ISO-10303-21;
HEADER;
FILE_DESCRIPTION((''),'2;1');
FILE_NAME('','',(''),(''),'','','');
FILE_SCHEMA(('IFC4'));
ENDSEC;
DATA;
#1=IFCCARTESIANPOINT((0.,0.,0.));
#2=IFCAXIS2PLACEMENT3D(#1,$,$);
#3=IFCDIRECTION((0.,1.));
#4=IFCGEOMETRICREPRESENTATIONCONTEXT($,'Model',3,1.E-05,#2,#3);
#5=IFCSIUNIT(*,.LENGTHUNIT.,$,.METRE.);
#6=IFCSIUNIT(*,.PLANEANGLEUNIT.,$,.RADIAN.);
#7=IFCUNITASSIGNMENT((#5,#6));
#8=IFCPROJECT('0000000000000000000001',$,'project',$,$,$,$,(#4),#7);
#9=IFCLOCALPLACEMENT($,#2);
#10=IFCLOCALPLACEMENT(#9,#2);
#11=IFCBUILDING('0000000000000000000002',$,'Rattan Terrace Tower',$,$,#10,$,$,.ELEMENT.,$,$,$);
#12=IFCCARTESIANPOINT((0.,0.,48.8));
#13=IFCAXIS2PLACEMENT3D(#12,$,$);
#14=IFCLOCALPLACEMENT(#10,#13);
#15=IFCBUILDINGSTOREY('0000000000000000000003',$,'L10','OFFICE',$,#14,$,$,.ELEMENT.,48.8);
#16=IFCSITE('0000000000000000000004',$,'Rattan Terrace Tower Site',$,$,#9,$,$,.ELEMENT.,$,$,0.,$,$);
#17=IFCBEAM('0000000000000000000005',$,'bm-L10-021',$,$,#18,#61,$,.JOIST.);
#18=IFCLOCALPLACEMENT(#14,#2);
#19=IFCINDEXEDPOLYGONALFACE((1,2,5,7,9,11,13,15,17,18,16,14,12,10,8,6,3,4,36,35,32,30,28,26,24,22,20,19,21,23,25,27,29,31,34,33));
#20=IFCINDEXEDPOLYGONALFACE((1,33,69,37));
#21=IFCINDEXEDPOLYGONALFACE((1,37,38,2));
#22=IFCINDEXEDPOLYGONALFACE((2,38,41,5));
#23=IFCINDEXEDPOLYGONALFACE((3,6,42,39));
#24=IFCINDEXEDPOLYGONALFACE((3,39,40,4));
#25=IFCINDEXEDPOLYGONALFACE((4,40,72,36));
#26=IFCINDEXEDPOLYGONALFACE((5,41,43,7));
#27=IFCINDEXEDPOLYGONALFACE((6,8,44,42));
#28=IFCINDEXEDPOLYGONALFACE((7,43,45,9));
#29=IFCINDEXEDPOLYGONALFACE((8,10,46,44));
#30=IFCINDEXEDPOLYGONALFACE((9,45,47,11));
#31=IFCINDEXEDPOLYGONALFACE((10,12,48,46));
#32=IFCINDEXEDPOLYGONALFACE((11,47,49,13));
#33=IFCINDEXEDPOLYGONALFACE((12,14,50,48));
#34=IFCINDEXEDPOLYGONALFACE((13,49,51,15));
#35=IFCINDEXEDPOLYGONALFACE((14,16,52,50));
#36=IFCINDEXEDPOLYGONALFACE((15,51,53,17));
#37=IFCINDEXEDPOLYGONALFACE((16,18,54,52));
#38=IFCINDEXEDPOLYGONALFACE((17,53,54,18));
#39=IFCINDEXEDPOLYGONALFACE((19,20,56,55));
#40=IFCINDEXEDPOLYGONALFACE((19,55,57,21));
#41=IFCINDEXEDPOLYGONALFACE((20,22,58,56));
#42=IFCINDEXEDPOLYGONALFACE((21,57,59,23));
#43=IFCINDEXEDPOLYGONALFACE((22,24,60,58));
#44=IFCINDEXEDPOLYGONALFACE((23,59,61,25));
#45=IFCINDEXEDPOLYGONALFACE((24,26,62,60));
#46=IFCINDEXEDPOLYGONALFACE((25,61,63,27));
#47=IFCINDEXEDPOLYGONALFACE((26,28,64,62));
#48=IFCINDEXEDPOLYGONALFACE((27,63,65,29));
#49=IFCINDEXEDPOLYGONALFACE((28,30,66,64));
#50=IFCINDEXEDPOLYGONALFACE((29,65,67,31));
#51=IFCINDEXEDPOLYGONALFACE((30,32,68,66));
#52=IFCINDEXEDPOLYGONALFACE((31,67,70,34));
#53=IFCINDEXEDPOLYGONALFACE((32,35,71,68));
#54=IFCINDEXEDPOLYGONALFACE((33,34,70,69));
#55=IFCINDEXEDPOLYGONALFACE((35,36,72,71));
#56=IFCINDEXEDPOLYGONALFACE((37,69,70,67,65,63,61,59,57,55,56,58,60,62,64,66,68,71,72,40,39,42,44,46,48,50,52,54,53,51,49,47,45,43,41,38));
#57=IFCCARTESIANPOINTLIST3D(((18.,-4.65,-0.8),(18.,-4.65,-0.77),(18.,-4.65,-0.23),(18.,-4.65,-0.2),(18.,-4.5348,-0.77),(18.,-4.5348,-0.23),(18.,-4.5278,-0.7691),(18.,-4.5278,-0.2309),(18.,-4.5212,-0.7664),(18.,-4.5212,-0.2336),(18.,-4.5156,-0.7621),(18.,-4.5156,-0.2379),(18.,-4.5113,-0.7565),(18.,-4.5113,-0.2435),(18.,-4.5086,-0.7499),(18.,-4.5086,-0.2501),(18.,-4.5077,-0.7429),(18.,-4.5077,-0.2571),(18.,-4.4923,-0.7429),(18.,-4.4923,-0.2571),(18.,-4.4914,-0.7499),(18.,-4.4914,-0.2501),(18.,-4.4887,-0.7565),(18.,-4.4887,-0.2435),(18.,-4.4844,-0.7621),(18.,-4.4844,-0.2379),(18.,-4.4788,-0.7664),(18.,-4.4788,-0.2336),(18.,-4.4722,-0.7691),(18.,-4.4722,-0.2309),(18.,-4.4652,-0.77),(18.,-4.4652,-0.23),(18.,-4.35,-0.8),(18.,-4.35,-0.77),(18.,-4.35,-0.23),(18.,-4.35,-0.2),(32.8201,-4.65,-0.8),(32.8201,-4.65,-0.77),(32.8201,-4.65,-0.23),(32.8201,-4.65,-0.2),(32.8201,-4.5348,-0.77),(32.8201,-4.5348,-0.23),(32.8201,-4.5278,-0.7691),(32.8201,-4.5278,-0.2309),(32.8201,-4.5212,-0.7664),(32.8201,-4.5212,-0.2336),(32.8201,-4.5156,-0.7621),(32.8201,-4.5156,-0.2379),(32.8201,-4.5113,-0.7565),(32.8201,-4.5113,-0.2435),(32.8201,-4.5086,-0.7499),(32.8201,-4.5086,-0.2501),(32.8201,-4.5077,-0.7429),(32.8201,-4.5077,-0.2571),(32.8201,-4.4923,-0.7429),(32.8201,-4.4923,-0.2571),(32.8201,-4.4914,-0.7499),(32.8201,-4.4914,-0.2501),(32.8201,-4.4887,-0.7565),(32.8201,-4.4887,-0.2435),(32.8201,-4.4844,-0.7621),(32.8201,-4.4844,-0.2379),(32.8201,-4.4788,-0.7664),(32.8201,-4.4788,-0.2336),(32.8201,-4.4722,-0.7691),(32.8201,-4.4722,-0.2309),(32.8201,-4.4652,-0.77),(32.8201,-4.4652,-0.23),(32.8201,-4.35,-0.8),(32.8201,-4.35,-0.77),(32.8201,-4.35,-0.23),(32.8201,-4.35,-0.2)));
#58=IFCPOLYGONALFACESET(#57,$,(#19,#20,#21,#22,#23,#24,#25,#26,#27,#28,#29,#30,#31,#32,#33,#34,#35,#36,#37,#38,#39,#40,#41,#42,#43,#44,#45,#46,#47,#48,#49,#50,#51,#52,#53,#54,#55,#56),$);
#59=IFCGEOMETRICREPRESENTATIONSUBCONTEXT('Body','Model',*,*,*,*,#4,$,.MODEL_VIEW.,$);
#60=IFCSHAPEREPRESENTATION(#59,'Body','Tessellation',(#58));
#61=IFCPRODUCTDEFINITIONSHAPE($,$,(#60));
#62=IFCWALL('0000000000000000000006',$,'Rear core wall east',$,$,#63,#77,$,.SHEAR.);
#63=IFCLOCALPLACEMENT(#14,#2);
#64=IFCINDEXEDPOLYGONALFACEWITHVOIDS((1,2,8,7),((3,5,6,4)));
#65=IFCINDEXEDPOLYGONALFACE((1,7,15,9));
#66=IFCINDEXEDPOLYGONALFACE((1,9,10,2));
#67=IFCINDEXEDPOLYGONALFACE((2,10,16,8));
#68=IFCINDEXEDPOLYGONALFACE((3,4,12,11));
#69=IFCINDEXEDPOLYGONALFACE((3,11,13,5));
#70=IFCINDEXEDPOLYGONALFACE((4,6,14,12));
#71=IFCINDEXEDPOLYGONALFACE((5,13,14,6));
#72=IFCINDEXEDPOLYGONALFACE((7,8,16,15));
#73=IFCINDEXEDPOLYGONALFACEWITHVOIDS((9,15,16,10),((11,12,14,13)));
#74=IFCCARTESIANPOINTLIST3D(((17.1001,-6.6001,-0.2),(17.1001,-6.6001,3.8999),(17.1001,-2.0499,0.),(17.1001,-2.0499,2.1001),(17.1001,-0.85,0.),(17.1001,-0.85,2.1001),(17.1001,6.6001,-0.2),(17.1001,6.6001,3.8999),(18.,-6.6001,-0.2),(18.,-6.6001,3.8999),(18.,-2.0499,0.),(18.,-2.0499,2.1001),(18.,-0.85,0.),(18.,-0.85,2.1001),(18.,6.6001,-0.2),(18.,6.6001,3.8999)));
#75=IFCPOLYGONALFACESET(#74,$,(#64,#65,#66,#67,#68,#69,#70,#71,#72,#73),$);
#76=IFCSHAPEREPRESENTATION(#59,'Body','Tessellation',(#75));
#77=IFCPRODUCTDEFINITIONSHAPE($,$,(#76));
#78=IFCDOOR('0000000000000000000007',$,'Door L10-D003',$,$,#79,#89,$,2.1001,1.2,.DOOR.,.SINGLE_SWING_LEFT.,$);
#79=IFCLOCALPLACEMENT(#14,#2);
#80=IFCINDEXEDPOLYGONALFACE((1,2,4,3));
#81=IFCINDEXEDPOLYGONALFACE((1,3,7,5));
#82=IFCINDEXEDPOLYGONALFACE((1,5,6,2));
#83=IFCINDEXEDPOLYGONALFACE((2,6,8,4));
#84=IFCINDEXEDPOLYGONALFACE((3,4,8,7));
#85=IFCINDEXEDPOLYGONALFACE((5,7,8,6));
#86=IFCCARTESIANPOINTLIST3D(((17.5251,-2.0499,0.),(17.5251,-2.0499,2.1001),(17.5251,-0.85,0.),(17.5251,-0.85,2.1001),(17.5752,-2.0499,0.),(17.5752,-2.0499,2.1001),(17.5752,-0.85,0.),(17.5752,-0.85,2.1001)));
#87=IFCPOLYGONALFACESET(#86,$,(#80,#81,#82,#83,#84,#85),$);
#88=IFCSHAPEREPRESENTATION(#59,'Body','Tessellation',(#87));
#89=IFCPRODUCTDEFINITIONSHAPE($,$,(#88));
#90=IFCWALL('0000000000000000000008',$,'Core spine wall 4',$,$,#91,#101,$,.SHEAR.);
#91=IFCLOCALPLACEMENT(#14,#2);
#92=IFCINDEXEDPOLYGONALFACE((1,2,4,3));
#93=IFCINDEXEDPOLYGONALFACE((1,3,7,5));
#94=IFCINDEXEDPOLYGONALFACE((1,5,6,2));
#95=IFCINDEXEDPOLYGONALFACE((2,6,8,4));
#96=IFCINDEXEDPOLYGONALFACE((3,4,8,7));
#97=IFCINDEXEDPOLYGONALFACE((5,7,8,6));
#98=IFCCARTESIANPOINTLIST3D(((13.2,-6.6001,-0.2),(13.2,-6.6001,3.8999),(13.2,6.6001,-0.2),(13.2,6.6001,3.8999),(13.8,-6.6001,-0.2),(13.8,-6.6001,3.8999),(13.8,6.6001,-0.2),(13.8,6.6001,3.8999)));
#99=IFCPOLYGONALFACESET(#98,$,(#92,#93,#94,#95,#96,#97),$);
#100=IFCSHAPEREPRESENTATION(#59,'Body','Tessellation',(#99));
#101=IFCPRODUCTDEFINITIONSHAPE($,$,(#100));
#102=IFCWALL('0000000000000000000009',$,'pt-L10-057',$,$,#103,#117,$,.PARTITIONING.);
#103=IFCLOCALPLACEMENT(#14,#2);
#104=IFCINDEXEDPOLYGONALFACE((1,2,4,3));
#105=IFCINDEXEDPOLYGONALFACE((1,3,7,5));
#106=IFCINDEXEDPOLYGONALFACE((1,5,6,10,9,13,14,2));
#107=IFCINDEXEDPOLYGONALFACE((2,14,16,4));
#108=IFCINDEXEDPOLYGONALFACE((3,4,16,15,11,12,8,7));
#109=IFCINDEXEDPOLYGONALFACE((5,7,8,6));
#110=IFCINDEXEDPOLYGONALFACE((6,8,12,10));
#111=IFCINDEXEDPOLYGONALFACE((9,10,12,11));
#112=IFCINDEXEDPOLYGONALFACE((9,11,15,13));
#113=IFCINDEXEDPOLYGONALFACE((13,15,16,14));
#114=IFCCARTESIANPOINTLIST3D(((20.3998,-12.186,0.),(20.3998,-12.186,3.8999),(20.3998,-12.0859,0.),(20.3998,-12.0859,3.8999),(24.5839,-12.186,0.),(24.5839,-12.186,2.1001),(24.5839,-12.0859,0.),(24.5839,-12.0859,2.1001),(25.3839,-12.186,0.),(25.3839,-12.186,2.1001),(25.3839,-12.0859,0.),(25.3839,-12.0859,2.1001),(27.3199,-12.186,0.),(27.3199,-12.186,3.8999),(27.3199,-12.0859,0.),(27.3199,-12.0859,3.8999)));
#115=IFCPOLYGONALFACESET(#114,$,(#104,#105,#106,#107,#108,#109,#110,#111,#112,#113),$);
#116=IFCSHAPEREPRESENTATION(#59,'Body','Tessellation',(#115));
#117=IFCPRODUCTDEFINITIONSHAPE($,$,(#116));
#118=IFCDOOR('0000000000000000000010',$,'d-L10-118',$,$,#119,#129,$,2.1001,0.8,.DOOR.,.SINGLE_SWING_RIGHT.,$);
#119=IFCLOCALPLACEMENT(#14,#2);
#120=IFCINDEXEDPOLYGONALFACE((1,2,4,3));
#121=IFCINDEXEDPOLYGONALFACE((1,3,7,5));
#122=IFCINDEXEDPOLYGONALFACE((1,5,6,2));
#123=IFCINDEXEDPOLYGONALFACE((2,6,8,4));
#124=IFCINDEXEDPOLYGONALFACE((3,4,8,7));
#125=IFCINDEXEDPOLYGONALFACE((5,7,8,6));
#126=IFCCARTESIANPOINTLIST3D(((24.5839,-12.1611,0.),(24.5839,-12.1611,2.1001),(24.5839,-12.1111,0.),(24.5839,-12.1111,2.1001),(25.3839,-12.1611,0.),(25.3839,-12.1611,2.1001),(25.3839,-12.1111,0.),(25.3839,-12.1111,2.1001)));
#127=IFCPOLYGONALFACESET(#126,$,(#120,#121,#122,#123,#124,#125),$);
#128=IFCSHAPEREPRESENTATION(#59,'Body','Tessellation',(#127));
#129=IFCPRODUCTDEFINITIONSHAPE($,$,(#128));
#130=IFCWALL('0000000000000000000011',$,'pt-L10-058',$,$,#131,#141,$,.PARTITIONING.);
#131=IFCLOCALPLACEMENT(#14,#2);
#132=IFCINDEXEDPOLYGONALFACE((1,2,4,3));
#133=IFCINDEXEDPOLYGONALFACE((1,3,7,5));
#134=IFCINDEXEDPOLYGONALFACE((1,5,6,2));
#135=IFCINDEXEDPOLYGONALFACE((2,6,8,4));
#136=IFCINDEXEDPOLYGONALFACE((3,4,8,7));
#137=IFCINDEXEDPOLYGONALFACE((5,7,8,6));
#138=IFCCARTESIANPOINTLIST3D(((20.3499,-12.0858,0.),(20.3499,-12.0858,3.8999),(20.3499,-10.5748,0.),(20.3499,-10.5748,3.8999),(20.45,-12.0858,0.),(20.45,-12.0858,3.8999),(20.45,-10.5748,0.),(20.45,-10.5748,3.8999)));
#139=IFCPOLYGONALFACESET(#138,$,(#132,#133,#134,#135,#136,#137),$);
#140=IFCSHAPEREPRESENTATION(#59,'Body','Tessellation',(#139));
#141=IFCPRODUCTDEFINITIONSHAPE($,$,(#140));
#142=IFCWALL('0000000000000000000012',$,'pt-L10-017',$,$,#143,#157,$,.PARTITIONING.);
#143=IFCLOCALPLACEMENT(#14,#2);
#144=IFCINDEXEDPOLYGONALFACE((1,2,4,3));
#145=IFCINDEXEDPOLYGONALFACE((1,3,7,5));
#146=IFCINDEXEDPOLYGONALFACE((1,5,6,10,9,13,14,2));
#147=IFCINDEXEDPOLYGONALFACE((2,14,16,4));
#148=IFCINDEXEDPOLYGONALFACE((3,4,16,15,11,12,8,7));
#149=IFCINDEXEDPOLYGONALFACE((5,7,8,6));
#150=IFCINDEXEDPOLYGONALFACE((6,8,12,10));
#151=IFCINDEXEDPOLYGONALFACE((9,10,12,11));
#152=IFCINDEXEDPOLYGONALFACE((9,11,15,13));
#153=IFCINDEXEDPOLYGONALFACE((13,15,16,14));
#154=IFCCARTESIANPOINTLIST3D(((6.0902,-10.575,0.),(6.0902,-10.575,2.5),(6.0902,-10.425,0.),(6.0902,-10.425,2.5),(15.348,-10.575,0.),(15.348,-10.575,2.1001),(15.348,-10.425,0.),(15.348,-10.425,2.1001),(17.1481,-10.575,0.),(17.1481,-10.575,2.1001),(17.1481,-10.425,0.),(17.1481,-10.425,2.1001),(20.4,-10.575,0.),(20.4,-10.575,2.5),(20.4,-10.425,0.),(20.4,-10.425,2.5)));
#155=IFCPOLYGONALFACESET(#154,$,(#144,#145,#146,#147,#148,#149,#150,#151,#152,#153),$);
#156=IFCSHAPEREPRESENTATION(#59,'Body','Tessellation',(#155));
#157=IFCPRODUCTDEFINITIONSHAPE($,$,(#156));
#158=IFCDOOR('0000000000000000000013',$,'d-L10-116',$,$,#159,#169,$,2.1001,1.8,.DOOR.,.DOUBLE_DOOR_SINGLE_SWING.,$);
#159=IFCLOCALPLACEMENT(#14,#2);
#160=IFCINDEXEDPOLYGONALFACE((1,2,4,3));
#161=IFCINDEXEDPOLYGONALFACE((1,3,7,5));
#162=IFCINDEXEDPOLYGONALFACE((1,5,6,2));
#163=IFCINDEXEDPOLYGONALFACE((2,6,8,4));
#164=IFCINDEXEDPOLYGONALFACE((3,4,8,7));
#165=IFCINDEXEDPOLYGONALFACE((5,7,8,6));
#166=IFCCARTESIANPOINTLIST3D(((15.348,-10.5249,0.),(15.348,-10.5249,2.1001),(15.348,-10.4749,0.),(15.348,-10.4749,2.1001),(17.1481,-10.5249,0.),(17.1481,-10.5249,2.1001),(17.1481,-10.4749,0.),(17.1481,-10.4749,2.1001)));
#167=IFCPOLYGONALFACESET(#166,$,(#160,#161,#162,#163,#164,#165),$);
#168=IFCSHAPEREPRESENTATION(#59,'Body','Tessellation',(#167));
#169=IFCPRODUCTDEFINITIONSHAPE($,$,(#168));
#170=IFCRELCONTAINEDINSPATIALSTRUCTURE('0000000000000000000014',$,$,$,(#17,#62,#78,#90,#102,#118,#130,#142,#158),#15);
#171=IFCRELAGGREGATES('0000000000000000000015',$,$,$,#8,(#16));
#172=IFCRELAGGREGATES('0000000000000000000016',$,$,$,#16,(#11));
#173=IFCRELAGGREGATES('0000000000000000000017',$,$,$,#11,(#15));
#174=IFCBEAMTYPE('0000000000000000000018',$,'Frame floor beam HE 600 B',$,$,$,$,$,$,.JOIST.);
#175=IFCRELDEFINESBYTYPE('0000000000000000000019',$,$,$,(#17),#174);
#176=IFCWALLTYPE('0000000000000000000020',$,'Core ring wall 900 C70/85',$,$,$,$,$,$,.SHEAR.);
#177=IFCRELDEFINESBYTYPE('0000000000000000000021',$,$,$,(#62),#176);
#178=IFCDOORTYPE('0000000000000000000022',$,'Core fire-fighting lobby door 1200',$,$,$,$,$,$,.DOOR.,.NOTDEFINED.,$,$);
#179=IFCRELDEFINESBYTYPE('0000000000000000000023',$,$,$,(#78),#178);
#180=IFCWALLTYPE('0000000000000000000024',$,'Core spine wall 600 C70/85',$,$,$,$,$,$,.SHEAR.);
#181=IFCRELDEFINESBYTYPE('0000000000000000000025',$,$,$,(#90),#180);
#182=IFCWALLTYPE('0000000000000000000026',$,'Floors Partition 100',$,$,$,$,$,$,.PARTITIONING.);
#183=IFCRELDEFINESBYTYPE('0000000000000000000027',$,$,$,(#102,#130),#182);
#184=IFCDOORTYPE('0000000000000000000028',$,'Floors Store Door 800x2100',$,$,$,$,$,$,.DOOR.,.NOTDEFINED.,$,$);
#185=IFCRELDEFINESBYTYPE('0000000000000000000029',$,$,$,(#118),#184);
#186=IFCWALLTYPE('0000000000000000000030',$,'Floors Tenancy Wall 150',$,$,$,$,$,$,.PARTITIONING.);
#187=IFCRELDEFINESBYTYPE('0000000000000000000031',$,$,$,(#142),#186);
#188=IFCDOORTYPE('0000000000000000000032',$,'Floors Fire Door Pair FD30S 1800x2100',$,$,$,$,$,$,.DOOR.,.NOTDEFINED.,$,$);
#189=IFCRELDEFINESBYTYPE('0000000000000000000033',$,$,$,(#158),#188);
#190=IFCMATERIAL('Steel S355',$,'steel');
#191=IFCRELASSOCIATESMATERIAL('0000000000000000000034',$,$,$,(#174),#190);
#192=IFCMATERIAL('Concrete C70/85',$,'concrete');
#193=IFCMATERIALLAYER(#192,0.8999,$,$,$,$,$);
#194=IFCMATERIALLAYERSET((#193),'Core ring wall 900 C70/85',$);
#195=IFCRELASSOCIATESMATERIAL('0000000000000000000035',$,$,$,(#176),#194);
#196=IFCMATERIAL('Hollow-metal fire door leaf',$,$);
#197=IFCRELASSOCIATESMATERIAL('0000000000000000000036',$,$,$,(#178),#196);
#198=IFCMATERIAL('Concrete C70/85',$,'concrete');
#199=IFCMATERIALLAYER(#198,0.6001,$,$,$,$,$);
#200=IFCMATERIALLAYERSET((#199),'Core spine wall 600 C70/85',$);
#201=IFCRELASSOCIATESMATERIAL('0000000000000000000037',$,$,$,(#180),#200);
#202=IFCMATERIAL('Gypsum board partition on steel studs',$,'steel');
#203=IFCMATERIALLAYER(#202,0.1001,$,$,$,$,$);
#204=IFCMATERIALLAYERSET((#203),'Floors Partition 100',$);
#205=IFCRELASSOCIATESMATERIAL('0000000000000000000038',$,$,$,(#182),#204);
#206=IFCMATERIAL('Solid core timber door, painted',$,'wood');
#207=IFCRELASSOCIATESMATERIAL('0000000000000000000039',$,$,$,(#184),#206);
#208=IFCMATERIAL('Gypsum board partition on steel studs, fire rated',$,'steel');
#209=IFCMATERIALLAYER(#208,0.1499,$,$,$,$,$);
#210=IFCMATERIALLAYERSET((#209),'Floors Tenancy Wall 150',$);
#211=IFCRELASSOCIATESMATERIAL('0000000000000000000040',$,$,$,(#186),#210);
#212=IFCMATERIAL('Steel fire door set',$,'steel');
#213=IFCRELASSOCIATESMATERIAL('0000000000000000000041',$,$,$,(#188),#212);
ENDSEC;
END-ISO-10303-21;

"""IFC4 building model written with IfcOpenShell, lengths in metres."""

from ifc_helpers import new_model, si_unit, direction, frame, frame_2d, origin, origin_2d, place, context, subcontext, project, spatial, rectangle, i_section, extrude, material, layer, layer_set, material_profile, profile_set, type_object, element, fill, save


model = new_model("IFC4")

# Units and contexts
model_context = context("Model", 3, precision=1e-05, world=origin(), true_north=direction((0.0, 1.0)))
body_context = subcontext(model_context, "Body", "Model", "MODEL_VIEW")
ifc_project = project(units=[si_unit("LENGTHUNIT", "METRE"), si_unit("PLANEANGLEUNIT", "RADIAN")], contexts=[model_context])

# Site, building, storey
site_placement = place(None, origin())
site = spatial("IfcSite", under=ifc_project, at=site_placement, Name="Rattan Terrace Tower Site", CompositionType="ELEMENT", RefElevation=0.0)
building_placement = place(site_placement, origin())
building = spatial("IfcBuilding", under=site, at=building_placement, Name="Rattan Terrace Tower", CompositionType="ELEMENT")
storey_placement = place(building_placement, frame((0.0, 0.0, 48.8)))
storey = spatial("IfcBuildingStorey", under=building, at=storey_placement, Name="L10", Description="OFFICE", CompositionType="ELEMENT", Elevation=48.8)

# Beam
ifc_material_1 = material(Name="Steel S355", Category="steel")
ifc_material_profile = material_profile(ifc_material_1, i_section(OverallWidth=0.3, OverallDepth=0.6001, WebThickness=0.0154, FlangeThickness=0.03, FilletRadius=0.0271, at=origin_2d()), Name="HE 600 B")
ifc_profile_set = profile_set([ifc_material_profile], Name="Steel S355")
beam_type = type_object("IfcBeamType", Name="Frame floor beam HE 600 B", PredefinedType="JOIST", material=ifc_profile_set)
for number, where, z_axis, x_axis, name in (
    (1, (18.0, -4.5, -0.5), (1.0, 0.0, 0.0), (0.0, 1.0, 0.0), "bm-L10-021"),
):
    element("IfcBeam", number, at=place(storey_placement, frame(where, z_axis=z_axis, x_axis=x_axis)), inside=storey, type_object=beam_type, Name=name, PredefinedType="JOIST", context=body_context, shape_type="SweptSolid", body=[
        extrude(i_section(OverallWidth=0.3, OverallDepth=0.6001, WebThickness=0.0154, FlangeThickness=0.03, FilletRadius=0.0271, at=origin_2d()), origin(), (0.0, 0.0, 1.0), 14.8201),
    ])

# Wall, opening, door
ifc_material_2 = material(Name="Concrete C70/85", Category="concrete")
ifc_layer_1 = layer(ifc_material_2, 0.8999)
ifc_layer_set_1 = layer_set([ifc_layer_1], Name="Core ring wall 900 C70/85")
wall_type_1 = type_object("IfcWallType", Name="Core ring wall 900 C70/85", PredefinedType="SHEAR", material=ifc_layer_set_1)
wall_1_placement = place(storey_placement, frame((17.55, -6.6001, -0.2), z_axis=(0.0, 0.0, 1.0), x_axis=(0.0, 1.0, 0.0)))
wall_1 = element("IfcWall", 2, at=wall_1_placement, inside=storey, type_object=wall_type_1, Name="Rear core wall east", PredefinedType="SHEAR", context=body_context, shape_type="SweptSolid", body=[
    extrude(rectangle(XDim=13.2002, YDim=0.8999, at=frame_2d((6.6001, 0.0))), origin(), (0.0, 0.0, 1.0), 4.0999),
])
opening_1_placement = place(wall_1_placement, frame((4.55, 0.0, 0.2)))
opening_1 = element("IfcOpeningElement", 3, at=opening_1_placement, cuts=wall_1, PredefinedType="OPENING", context=body_context, shape_type="SweptSolid", body=[
    extrude(rectangle(XDim=1.2, YDim=2.1001, at=frame_2d((0.6001, 1.05))), frame((0.0, 0.4604, 0.0), z_axis=(0.0, -1.0, 0.0), x_axis=(1.0, 0.0, 0.0)), (0.0, 0.0, 1.0), 0.9209),
])
ifc_material_3 = material(Name="Hollow-metal fire door leaf")
door_type_1 = type_object("IfcDoorType", Name="Core fire-fighting lobby door 1200", OperationType="NOTDEFINED", PredefinedType="DOOR", material=ifc_material_3)
door_1_placement = place(opening_1_placement, origin())
door_1 = element("IfcDoor", 4, at=door_1_placement, inside=storey, type_object=door_type_1, Name="Door L10-D003", OperationType="SINGLE_SWING_LEFT", OverallHeight=2.1001, OverallWidth=1.2, PredefinedType="DOOR", context=body_context, shape_type="SweptSolid", body=[
    extrude(rectangle(XDim=1.2, YDim=2.1001, at=frame_2d((0.6001, 1.05))), frame((0.0, 0.0249, 0.0), z_axis=(0.0, -1.0, 0.0), x_axis=(1.0, 0.0, 0.0)), (0.0, 0.0, 1.0), 0.05),
])
fill(opening_1, door_1)

# Wall
ifc_material_4 = material(Name="Concrete C70/85", Category="concrete")
ifc_layer_2 = layer(ifc_material_4, 0.6001)
ifc_layer_set_2 = layer_set([ifc_layer_2], Name="Core spine wall 600 C70/85")
wall_type_2 = type_object("IfcWallType", Name="Core spine wall 600 C70/85", PredefinedType="SHEAR", material=ifc_layer_set_2)
wall_2_placement = place(storey_placement, frame((13.5, -6.6001, -0.2), z_axis=(0.0, 0.0, 1.0), x_axis=(0.0, 1.0, 0.0)))
element("IfcWall", 5, at=wall_2_placement, inside=storey, type_object=wall_type_2, Name="Core spine wall 4", PredefinedType="SHEAR", context=body_context, shape_type="SweptSolid", body=[
    extrude(rectangle(XDim=13.2002, YDim=0.6001, at=frame_2d((6.6001, 0.0))), origin(), (0.0, 0.0, 1.0), 4.0999),
])

# Wall, opening, door
ifc_material_5 = material(Name="Gypsum board partition on steel studs", Category="steel")
ifc_layer_3 = layer(ifc_material_5, 0.1001)
ifc_layer_set_3 = layer_set([ifc_layer_3], Name="Floors Partition 100")
wall_type_3 = type_object("IfcWallType", Name="Floors Partition 100", PredefinedType="PARTITIONING", material=ifc_layer_set_3)
wall_3_placement = place(storey_placement, frame((20.3999, -12.136, 0.0), z_axis=(0.0, 0.0, 1.0), x_axis=(1.0, 0.0, 0.0)))
wall_3 = element("IfcWall", 6, at=wall_3_placement, inside=storey, type_object=wall_type_3, Name="pt-L10-057", PredefinedType="PARTITIONING", context=body_context, shape_type="SweptSolid", body=[
    extrude(rectangle(XDim=6.9202, YDim=0.1001, at=frame_2d((3.46, 0.0))), origin(), (0.0, 0.0, 1.0), 3.8999),
])
opening_2_placement = place(wall_3_placement, frame((4.1841, 0.0, 0.0)))
opening_2 = element("IfcOpeningElement", 7, at=opening_2_placement, cuts=wall_3, PredefinedType="OPENING", context=body_context, shape_type="SweptSolid", body=[
    extrude(rectangle(XDim=0.8, YDim=2.1001, at=frame_2d((0.3999, 1.05))), frame((0.0, 0.0605, 0.0), z_axis=(0.0, -1.0, 0.0), x_axis=(1.0, 0.0, 0.0)), (0.0, 0.0, 1.0), 0.1211),
])
ifc_material_6 = material(Name="Solid core timber door, painted", Category="wood")
door_type_2 = type_object("IfcDoorType", Name="Floors Store Door 800x2100", OperationType="NOTDEFINED", PredefinedType="DOOR", material=ifc_material_6)
door_2_placement = place(opening_2_placement, origin())
door_2 = element("IfcDoor", 8, at=door_2_placement, inside=storey, type_object=door_type_2, Name="d-L10-118", OperationType="SINGLE_SWING_RIGHT", OverallHeight=2.1001, OverallWidth=0.8, PredefinedType="DOOR", context=body_context, shape_type="SweptSolid", body=[
    extrude(rectangle(XDim=0.8, YDim=2.1001, at=frame_2d((0.3999, 1.05))), frame((0.0, 0.0249, 0.0), z_axis=(0.0, -1.0, 0.0), x_axis=(1.0, 0.0, 0.0)), (0.0, 0.0, 1.0), 0.05),
])
fill(opening_2, door_2)

# Wall
wall_4_placement = place(storey_placement, frame((20.3999, -10.575, 0.0), z_axis=(0.0, 0.0, 1.0), x_axis=(0.0, -1.0, 0.0)))
element("IfcWall", 9, at=wall_4_placement, inside=storey, type_object=wall_type_3, Name="pt-L10-058", PredefinedType="PARTITIONING", context=body_context, shape_type="SweptSolid", body=[
    extrude(rectangle(XDim=1.511, YDim=0.1001, at=frame_2d((0.7554, 0.0))), origin(), (0.0, 0.0, 1.0), 3.8999),
])

# Wall, opening, door
ifc_material_7 = material(Name="Gypsum board partition on steel studs, fire rated", Category="steel")
ifc_layer_4 = layer(ifc_material_7, 0.1499)
ifc_layer_set_4 = layer_set([ifc_layer_4], Name="Floors Tenancy Wall 150")
wall_type_4 = type_object("IfcWallType", Name="Floors Tenancy Wall 150", PredefinedType="PARTITIONING", material=ifc_layer_set_4)
wall_5_placement = place(storey_placement, frame((20.3999, -10.5, 0.0), z_axis=(0.0, 0.0, 1.0), x_axis=(-1.0, 0.0, 0.0)))
wall_5 = element("IfcWall", 10, at=wall_5_placement, inside=storey, type_object=wall_type_4, Name="pt-L10-017", PredefinedType="PARTITIONING", context=body_context, shape_type="SweptSolid", body=[
    extrude(rectangle(XDim=14.3098, YDim=0.1499, at=frame_2d((7.1548, 0.0))), origin(), (0.0, 0.0, 1.0), 2.5),
])
opening_3_placement = place(wall_5_placement, frame((3.252, 0.0, 0.0)))
opening_3 = element("IfcOpeningElement", 11, at=opening_3_placement, cuts=wall_5, PredefinedType="OPENING", context=body_context, shape_type="SweptSolid", body=[
    extrude(rectangle(XDim=1.8, YDim=2.1001, at=frame_2d((0.8999, 1.05))), frame((0.0, 0.0854, 0.0), z_axis=(0.0, -1.0, 0.0), x_axis=(1.0, 0.0, 0.0)), (0.0, 0.0, 1.0), 0.1709),
])
ifc_material_8 = material(Name="Steel fire door set", Category="steel")
door_type_3 = type_object("IfcDoorType", Name="Floors Fire Door Pair FD30S 1800x2100", OperationType="NOTDEFINED", PredefinedType="DOOR", material=ifc_material_8)
door_3_placement = place(opening_3_placement, origin())
door_3 = element("IfcDoor", 12, at=door_3_placement, inside=storey, type_object=door_type_3, Name="d-L10-116", OperationType="DOUBLE_DOOR_SINGLE_SWING", OverallHeight=2.1001, OverallWidth=1.8, PredefinedType="DOOR", context=body_context, shape_type="SweptSolid", body=[
    extrude(rectangle(XDim=1.8, YDim=2.1001, at=frame_2d((0.8999, 1.05))), frame((0.0, 0.0249, 0.0), z_axis=(0.0, -1.0, 0.0), x_axis=(1.0, 0.0, 0.0)), (0.0, 0.0, 1.0), 0.05),
])
fill(opening_3, door_3)

save(model, "model.ifc")
